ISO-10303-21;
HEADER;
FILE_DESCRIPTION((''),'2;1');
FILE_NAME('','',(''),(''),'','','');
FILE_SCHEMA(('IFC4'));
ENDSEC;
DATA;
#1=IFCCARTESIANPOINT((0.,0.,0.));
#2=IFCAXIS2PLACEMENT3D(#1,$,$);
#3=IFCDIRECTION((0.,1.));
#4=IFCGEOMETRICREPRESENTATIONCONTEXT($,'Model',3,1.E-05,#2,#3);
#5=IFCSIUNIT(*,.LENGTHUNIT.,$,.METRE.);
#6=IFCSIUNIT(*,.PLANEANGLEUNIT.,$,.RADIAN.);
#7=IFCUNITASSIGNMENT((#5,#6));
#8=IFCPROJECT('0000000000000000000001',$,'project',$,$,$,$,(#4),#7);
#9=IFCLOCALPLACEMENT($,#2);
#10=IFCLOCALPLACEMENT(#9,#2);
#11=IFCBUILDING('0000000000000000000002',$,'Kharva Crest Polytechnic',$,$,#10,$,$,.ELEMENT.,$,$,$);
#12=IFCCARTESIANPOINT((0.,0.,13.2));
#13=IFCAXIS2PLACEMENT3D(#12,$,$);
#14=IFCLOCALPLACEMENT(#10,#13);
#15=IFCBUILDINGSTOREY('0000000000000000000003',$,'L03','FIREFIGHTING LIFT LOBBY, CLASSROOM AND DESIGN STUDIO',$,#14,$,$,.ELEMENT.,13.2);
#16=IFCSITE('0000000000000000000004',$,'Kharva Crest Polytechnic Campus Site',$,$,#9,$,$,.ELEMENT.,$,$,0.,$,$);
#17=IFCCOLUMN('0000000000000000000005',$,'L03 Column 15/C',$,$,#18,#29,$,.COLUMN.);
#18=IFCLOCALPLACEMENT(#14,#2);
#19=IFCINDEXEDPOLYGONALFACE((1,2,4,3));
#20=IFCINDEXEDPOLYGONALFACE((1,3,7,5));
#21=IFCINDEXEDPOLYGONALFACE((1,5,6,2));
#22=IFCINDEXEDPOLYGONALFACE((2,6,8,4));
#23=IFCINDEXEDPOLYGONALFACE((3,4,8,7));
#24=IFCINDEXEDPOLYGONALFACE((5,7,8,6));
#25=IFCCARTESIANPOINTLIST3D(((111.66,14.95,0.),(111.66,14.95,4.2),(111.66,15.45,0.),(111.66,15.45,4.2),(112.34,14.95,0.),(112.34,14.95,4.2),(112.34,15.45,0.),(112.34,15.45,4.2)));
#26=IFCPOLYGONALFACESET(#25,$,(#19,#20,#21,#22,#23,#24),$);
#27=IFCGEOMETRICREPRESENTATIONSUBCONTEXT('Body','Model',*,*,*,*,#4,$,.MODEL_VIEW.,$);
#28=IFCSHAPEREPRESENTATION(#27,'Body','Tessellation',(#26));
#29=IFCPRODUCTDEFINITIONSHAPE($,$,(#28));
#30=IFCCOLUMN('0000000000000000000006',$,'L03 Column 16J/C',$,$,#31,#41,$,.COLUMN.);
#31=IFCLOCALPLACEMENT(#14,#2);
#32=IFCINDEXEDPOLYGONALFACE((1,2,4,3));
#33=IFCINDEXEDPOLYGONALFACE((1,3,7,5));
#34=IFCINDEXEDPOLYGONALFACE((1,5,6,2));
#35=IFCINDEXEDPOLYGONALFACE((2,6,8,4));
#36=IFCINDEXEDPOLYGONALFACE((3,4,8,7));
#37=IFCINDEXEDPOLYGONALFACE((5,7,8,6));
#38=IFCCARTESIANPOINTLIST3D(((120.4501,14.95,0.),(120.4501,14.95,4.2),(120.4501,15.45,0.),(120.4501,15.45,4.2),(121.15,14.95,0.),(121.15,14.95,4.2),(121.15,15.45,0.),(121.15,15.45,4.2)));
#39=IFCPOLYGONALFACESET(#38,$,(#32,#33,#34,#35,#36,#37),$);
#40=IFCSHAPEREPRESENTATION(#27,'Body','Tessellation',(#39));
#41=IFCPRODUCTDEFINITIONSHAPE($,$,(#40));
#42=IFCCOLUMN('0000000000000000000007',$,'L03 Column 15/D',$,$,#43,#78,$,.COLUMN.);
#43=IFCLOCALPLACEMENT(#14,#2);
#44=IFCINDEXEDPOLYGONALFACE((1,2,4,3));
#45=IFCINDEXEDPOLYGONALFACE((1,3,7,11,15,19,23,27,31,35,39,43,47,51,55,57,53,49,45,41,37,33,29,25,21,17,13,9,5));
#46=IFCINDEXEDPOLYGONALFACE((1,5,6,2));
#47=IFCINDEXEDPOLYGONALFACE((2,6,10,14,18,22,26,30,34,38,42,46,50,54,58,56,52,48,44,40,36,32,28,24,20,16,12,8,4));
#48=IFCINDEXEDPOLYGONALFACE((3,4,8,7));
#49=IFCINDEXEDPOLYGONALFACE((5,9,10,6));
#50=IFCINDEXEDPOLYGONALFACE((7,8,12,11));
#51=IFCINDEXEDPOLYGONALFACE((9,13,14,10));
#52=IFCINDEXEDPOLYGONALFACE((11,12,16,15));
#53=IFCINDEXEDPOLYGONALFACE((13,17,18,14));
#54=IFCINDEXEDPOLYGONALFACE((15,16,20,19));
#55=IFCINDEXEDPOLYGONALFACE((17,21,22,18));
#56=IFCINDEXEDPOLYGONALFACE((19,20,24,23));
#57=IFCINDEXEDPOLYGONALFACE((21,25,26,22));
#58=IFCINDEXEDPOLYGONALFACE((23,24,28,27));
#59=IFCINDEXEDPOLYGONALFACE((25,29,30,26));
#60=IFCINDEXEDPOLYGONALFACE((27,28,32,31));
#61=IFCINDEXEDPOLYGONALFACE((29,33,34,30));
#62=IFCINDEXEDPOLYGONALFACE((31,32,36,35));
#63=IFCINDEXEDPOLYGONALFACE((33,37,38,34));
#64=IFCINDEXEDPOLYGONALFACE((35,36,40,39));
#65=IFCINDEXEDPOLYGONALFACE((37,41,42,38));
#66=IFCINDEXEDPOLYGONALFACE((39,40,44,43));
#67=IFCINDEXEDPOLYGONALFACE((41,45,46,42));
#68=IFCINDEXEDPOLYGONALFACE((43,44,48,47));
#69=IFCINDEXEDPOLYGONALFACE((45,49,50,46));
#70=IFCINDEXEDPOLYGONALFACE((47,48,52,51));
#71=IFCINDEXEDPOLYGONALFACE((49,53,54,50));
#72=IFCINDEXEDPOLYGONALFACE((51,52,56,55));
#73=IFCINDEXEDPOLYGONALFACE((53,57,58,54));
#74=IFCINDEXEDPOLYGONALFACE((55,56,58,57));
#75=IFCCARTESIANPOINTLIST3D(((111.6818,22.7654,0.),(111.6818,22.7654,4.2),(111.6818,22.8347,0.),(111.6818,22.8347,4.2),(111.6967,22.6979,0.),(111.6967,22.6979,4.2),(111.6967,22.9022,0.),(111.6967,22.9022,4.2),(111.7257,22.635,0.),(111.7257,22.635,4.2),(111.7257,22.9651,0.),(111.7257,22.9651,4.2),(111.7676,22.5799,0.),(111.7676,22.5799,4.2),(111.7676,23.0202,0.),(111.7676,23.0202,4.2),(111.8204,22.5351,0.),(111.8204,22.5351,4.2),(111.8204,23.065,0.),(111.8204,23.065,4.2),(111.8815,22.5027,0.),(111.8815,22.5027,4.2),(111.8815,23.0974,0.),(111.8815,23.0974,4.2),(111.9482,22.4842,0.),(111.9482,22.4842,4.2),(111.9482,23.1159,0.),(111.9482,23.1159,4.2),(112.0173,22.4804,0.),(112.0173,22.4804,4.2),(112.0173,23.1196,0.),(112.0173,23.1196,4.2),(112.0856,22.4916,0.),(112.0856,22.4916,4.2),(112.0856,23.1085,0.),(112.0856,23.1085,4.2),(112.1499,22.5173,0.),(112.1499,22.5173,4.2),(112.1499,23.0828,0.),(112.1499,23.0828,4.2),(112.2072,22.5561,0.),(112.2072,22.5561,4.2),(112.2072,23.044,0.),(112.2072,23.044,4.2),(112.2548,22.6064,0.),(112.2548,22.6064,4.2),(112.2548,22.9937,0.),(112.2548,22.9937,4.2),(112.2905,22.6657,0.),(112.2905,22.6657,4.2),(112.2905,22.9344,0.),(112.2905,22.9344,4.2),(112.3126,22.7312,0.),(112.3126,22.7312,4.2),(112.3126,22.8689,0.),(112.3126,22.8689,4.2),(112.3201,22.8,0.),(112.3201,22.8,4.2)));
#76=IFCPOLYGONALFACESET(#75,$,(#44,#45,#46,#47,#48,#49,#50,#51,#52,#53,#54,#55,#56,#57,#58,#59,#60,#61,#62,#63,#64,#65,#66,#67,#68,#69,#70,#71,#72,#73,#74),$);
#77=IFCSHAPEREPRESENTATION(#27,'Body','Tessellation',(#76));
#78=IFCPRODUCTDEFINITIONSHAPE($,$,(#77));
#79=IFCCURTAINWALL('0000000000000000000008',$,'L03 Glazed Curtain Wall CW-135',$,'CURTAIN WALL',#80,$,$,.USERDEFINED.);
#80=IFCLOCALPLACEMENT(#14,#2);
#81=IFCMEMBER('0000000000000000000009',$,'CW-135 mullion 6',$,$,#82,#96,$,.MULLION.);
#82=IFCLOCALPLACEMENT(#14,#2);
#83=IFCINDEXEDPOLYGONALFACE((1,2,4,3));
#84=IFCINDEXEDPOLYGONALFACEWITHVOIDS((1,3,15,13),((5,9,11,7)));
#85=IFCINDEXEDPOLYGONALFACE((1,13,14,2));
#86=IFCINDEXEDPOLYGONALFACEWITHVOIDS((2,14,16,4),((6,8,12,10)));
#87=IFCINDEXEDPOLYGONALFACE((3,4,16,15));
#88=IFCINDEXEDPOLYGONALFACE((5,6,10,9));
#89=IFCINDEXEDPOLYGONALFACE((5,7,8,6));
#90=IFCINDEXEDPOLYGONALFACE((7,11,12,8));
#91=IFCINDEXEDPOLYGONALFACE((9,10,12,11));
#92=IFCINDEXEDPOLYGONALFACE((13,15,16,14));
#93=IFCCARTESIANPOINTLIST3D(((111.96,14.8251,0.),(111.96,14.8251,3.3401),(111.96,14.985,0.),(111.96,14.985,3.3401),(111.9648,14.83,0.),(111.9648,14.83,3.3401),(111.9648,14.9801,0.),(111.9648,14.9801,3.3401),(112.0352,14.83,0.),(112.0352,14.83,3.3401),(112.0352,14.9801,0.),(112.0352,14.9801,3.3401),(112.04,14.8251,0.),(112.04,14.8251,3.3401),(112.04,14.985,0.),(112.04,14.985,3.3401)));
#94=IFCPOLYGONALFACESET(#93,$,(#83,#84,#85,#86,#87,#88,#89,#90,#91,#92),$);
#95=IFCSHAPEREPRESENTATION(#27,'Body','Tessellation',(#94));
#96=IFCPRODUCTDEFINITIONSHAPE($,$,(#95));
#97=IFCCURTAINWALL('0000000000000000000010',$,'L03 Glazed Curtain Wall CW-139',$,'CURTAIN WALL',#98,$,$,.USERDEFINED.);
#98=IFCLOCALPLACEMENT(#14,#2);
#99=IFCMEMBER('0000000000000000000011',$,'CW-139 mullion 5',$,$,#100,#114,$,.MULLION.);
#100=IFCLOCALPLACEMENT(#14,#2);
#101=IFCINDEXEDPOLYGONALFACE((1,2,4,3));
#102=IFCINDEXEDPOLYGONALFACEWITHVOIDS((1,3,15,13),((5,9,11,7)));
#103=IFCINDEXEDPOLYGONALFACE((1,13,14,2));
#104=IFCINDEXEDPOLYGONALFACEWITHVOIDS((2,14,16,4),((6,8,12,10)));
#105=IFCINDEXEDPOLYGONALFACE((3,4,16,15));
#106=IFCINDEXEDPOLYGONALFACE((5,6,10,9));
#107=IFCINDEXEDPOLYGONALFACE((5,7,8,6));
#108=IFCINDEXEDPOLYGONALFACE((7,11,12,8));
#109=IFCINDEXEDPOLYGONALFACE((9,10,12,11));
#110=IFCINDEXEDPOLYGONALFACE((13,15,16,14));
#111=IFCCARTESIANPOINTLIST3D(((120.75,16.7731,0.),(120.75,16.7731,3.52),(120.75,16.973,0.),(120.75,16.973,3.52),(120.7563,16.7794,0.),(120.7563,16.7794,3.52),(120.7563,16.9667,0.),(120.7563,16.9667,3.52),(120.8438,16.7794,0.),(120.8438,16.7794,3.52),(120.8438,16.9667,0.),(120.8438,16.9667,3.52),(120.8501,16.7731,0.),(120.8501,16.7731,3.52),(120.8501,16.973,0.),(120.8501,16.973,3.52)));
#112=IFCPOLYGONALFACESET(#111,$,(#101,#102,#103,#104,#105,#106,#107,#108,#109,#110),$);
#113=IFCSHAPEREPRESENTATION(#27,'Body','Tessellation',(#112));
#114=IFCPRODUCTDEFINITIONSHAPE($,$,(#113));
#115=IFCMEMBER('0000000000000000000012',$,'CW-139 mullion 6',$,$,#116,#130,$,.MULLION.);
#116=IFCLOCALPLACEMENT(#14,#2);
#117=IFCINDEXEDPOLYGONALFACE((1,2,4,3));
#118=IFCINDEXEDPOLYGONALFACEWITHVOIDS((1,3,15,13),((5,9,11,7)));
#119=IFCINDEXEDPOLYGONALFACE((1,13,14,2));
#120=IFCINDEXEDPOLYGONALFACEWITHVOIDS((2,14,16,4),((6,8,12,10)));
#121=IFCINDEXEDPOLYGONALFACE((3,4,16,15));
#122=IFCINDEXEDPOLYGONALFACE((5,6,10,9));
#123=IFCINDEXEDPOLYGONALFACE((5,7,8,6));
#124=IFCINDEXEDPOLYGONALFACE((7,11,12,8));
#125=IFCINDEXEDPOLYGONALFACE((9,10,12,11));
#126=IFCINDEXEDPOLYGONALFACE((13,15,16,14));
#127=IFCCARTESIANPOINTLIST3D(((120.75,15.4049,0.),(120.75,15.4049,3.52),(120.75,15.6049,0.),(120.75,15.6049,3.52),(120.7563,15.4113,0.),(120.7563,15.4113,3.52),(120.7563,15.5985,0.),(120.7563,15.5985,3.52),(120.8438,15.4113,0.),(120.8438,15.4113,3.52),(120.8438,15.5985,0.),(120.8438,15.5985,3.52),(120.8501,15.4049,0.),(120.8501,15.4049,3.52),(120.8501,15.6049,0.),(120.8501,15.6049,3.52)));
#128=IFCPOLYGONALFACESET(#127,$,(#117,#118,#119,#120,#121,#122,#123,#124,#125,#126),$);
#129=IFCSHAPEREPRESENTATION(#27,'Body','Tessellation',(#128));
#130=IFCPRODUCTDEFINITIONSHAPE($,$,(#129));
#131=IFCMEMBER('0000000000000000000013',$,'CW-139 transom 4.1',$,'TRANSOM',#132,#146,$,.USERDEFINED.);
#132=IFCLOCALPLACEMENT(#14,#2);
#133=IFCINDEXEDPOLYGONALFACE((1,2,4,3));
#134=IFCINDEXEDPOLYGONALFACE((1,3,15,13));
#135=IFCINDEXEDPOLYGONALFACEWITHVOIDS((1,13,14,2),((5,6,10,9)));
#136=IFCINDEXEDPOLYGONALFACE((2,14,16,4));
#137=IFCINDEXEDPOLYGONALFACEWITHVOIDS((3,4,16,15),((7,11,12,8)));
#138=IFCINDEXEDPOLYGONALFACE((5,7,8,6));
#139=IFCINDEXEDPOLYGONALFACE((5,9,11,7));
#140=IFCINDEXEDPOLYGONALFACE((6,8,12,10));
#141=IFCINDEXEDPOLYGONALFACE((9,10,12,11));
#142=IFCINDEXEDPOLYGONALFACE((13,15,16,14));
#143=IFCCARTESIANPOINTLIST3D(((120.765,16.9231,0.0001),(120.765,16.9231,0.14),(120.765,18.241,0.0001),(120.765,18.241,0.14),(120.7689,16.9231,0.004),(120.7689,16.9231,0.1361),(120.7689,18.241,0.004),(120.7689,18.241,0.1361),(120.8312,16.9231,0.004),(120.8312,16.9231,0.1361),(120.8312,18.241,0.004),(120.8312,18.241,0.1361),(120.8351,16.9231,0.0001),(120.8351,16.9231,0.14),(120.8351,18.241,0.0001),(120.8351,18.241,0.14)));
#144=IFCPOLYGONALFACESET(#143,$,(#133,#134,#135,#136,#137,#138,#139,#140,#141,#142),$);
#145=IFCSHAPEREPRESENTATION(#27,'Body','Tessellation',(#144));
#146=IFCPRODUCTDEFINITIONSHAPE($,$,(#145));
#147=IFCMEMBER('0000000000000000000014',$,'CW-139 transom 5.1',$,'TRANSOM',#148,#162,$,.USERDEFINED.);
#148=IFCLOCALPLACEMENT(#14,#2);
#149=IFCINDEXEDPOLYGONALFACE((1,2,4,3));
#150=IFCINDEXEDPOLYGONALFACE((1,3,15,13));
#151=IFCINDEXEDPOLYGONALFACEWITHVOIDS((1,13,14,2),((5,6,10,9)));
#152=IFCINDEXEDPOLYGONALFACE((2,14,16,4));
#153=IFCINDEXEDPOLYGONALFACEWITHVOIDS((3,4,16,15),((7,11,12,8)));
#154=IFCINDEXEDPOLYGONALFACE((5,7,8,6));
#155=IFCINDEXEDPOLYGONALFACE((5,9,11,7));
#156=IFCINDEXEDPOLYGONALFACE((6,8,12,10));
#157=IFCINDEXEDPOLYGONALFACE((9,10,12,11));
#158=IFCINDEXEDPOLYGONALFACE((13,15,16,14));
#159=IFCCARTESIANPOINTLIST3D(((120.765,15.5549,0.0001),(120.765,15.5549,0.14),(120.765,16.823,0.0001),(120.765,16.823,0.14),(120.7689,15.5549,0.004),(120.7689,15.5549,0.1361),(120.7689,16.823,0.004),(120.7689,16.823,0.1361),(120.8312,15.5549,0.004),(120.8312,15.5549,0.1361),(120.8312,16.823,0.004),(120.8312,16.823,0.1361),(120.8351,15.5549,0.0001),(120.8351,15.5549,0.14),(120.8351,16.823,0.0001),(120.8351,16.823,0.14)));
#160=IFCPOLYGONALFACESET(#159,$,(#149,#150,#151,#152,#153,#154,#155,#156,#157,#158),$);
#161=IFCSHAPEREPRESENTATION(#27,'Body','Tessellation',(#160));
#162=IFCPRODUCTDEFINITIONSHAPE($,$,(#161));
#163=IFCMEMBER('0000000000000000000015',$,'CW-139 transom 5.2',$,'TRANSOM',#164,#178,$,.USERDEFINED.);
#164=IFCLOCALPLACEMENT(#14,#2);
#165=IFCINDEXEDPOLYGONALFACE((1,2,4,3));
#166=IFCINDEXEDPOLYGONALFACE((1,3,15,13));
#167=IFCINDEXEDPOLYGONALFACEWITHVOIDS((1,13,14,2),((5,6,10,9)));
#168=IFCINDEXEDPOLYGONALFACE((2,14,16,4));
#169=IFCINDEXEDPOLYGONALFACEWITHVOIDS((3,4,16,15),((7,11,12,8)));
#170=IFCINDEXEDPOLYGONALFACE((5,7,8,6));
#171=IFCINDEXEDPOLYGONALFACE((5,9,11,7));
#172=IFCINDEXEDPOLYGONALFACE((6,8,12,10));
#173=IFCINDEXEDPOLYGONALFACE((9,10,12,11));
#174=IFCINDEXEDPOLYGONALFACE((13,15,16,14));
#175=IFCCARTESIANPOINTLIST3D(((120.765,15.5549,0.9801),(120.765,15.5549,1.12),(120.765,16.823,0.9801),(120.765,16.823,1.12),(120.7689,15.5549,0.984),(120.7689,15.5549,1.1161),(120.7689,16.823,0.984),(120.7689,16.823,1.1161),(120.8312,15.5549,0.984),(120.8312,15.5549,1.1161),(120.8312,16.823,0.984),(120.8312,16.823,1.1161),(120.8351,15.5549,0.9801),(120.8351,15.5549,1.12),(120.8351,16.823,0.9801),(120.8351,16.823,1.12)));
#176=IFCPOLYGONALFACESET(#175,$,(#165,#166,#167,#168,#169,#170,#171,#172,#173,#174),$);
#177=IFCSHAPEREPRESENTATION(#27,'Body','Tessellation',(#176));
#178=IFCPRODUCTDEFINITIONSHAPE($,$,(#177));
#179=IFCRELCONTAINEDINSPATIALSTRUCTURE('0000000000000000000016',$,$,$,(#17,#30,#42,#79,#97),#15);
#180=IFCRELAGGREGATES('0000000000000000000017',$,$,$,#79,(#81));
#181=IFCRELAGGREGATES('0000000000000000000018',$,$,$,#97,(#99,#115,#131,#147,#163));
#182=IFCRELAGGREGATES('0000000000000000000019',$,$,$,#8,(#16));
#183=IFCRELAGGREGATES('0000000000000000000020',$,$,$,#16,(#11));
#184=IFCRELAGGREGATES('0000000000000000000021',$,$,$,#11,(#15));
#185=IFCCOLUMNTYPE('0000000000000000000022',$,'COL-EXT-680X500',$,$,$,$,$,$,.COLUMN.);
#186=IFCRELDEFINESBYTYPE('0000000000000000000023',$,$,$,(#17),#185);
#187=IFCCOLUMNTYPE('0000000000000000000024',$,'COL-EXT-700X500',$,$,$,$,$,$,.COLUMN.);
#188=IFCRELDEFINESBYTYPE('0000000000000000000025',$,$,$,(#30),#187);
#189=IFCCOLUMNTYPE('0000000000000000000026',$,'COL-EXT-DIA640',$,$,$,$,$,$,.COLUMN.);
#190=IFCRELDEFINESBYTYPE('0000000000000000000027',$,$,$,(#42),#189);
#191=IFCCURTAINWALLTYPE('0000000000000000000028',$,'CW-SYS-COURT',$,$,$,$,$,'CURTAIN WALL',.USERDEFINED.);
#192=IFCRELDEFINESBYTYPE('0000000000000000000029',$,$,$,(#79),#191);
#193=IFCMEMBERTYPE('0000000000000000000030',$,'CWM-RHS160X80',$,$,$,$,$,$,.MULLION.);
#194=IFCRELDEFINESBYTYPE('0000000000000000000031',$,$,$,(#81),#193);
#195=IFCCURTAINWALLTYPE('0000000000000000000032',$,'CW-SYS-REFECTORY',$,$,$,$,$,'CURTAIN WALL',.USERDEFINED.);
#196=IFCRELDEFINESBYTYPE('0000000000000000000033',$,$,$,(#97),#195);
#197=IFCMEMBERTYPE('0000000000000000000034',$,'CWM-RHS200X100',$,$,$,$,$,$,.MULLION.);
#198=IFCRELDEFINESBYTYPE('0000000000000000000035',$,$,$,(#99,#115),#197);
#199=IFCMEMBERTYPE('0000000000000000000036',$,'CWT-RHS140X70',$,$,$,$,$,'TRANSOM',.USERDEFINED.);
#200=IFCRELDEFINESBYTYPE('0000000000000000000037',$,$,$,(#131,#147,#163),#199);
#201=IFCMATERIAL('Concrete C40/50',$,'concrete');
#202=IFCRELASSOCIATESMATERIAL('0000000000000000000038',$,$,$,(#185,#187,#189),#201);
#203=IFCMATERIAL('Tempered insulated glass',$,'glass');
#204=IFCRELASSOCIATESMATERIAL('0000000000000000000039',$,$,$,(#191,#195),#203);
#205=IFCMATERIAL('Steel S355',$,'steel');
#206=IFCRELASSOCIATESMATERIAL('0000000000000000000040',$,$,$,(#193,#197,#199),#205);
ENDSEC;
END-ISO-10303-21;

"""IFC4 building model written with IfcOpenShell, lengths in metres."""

from ifc_helpers import new_model, si_unit, direction, frame, origin, origin_2d, place, context, subcontext, project, spatial, rectangle, hollow_rectangle, circle, extrude, material, material_profile, profile_set, type_object, element, aggregate, save


model = new_model("IFC4")

# Units and contexts
model_context = context("Model", 3, precision=1e-05, world=origin(), true_north=direction((0.0, 1.0)))
body_context = subcontext(model_context, "Body", "Model", "MODEL_VIEW")
ifc_project = project(units=[si_unit("LENGTHUNIT", "METRE"), si_unit("PLANEANGLEUNIT", "RADIAN")], contexts=[model_context])

# Site, building, storey
site_placement = place(None, origin())
site = spatial("IfcSite", under=ifc_project, at=site_placement, Name="Kharva Crest Polytechnic Campus Site", CompositionType="ELEMENT", RefElevation=0.0)
building_placement = place(site_placement, origin())
building = spatial("IfcBuilding", under=site, at=building_placement, Name="Kharva Crest Polytechnic", CompositionType="ELEMENT")
storey_placement = place(building_placement, frame((0.0, 0.0, 13.2)))
storey = spatial("IfcBuildingStorey", under=building, at=storey_placement, Name="L03", Description="FIREFIGHTING LIFT LOBBY, CLASSROOM AND DESIGN STUDIO", CompositionType="ELEMENT", Elevation=13.2)

# Columns
ifc_material_1 = material(Name="Concrete C40/50", Category="concrete")
ifc_material_profile_1 = material_profile(ifc_material_1, rectangle(XDim=0.6799, YDim=0.5, at=origin_2d()), Name="RECT 680 X 500")
ifc_profile_set_1 = profile_set([ifc_material_profile_1], Name="Concrete C40/50")
column_type_1 = type_object("IfcColumnType", Name="COL-EXT-680X500", PredefinedType="COLUMN", material=ifc_profile_set_1)
column_1_placement = place(storey_placement, frame((112.0, 15.2, 0.0), z_axis=(0.0, 0.0, 1.0), x_axis=(1.0, 0.0, 0.0)))
element("IfcColumn", 1, at=column_1_placement, inside=storey, type_object=column_type_1, Name="L03 Column 15/C", PredefinedType="COLUMN", context=body_context, shape_type="SweptSolid", body=[
    extrude(rectangle(XDim=0.6799, YDim=0.5, at=origin_2d()), origin(), (0.0, 0.0, 1.0), 4.2),
])
ifc_material_profile_2 = material_profile(ifc_material_1, rectangle(XDim=0.7, YDim=0.5, at=origin_2d()), Name="RECT 700 X 500")
ifc_profile_set_2 = profile_set([ifc_material_profile_2], Name="Concrete C40/50")
column_type_2 = type_object("IfcColumnType", Name="COL-EXT-700X500", PredefinedType="COLUMN", material=ifc_profile_set_2)
column_2_placement = place(storey_placement, frame((120.8, 15.2, 0.0), z_axis=(0.0, 0.0, 1.0), x_axis=(1.0, 0.0, 0.0)))
element("IfcColumn", 2, at=column_2_placement, inside=storey, type_object=column_type_2, Name="L03 Column 16J/C", PredefinedType="COLUMN", context=body_context, shape_type="SweptSolid", body=[
    extrude(rectangle(XDim=0.7, YDim=0.5, at=origin_2d()), origin(), (0.0, 0.0, 1.0), 4.2),
])
ifc_material_profile_3 = material_profile(ifc_material_1, circle(Radius=0.3201, at=origin_2d()), Name="DIA 640")
ifc_profile_set_3 = profile_set([ifc_material_profile_3], Name="Concrete C40/50")
column_type_3 = type_object("IfcColumnType", Name="COL-EXT-DIA640", PredefinedType="COLUMN", material=ifc_profile_set_3)
column_3_placement = place(storey_placement, frame((112.0, 22.8, 0.0), z_axis=(0.0, 0.0, 1.0), x_axis=(1.0, 0.0, 0.0)))
element("IfcColumn", 3, at=column_3_placement, inside=storey, type_object=column_type_3, Name="L03 Column 15/D", PredefinedType="COLUMN", context=body_context, shape_type="SweptSolid", body=[
    extrude(circle(Radius=0.3201, at=origin_2d()), origin(), (0.0, 0.0, 1.0), 4.2),
])

# Curtain wall, member
ifc_material_2 = material(Name="Tempered insulated glass", Category="glass")
curtain_wall_type_1 = type_object("IfcCurtainWallType", Name="CW-SYS-COURT", ElementType="CURTAIN WALL", PredefinedType="USERDEFINED", material=ifc_material_2)
curtain_wall_1_placement = place(storey_placement, origin())
curtain_wall_1 = element("IfcCurtainWall", 4, at=curtain_wall_1_placement, inside=storey, type_object=curtain_wall_type_1, Name="L03 Glazed Curtain Wall CW-135", ObjectType="CURTAIN WALL", PredefinedType="USERDEFINED")
ifc_material_3 = material(Name="Steel S355", Category="steel")
ifc_material_profile_4 = material_profile(ifc_material_3, hollow_rectangle(XDim=0.0801, YDim=0.1599, WallThickness=0.0049, at=origin_2d()), Name="RHS 160X80X5.0")
ifc_profile_set_4 = profile_set([ifc_material_profile_4], Name="Steel S355")
member_type_1 = type_object("IfcMemberType", Name="CWM-RHS160X80", PredefinedType="MULLION", material=ifc_profile_set_4)
member_1_placement = place(storey_placement, frame((112.0, 14.905, 0.0), z_axis=(0.0, 0.0, 1.0), x_axis=(-1.0, 0.0, 0.0)))
member_1 = element("IfcMember", 5, at=member_1_placement, type_object=member_type_1, Name="CW-135 mullion 6", PredefinedType="MULLION", context=body_context, shape_type="SweptSolid", body=[
    extrude(hollow_rectangle(XDim=0.0801, YDim=0.1599, WallThickness=0.0049, at=origin_2d()), origin(), (0.0, 0.0, 1.0), 3.3401),
])

# Curtain wall, members
curtain_wall_type_2 = type_object("IfcCurtainWallType", Name="CW-SYS-REFECTORY", ElementType="CURTAIN WALL", PredefinedType="USERDEFINED", material=ifc_material_2)
curtain_wall_2_placement = place(storey_placement, origin())
curtain_wall_2 = element("IfcCurtainWall", 6, at=curtain_wall_2_placement, inside=storey, type_object=curtain_wall_type_2, Name="L03 Glazed Curtain Wall CW-139", ObjectType="CURTAIN WALL", PredefinedType="USERDEFINED")
ifc_material_profile_5 = material_profile(ifc_material_3, hollow_rectangle(XDim=0.1001, YDim=0.2, WallThickness=0.0063, at=origin_2d()), Name="RHS 200X100X6.3")
ifc_profile_set_5 = profile_set([ifc_material_profile_5], Name="Steel S355")
member_type_2 = type_object("IfcMemberType", Name="CWM-RHS200X100", PredefinedType="MULLION", material=ifc_profile_set_5)
member_2_placement = place(storey_placement, frame((120.8, 16.873, 0.0), z_axis=(0.0, 0.0, 1.0), x_axis=(1.0, 0.0, 0.0)))
member_2 = element("IfcMember", 7, at=member_2_placement, type_object=member_type_2, Name="CW-139 mullion 5", PredefinedType="MULLION", context=body_context, shape_type="SweptSolid", body=[
    extrude(hollow_rectangle(XDim=0.1001, YDim=0.2, WallThickness=0.0063, at=origin_2d()), origin(), (0.0, 0.0, 1.0), 3.52),
])
member_3_placement = place(storey_placement, frame((120.8, 15.5049, 0.0), z_axis=(0.0, 0.0, 1.0), x_axis=(1.0, 0.0, 0.0)))
member_3 = element("IfcMember", 8, at=member_3_placement, type_object=member_type_2, Name="CW-139 mullion 6", PredefinedType="MULLION", context=body_context, shape_type="SweptSolid", body=[
    extrude(hollow_rectangle(XDim=0.1001, YDim=0.2, WallThickness=0.0063, at=origin_2d()), origin(), (0.0, 0.0, 1.0), 3.52),
])
ifc_material_profile_6 = material_profile(ifc_material_3, hollow_rectangle(XDim=0.0701, YDim=0.1399, WallThickness=0.0039, at=origin_2d()), Name="RHS 140X70X4.0")
ifc_profile_set_6 = profile_set([ifc_material_profile_6], Name="Steel S355")
member_type_3 = type_object("IfcMemberType", Name="CWT-RHS140X70", ElementType="TRANSOM", PredefinedType="USERDEFINED", material=ifc_profile_set_6)
member_4_placement = place(storey_placement, frame((120.8, 18.241, 0.0701), z_axis=(0.0, -1.0, 0.0), x_axis=(1.0, 0.0, 0.0)))
member_4 = element("IfcMember", 9, at=member_4_placement, type_object=member_type_3, Name="CW-139 transom 4.1", ObjectType="TRANSOM", PredefinedType="USERDEFINED", context=body_context, shape_type="SweptSolid", body=[
    extrude(hollow_rectangle(XDim=0.0701, YDim=0.1399, WallThickness=0.0039, at=origin_2d()), origin(), (0.0, 0.0, 1.0), 1.3179),
])
member_5_placement = place(storey_placement, frame((120.8, 16.823, 0.0701), z_axis=(0.0, -1.0, 0.0), x_axis=(1.0, 0.0, 0.0)))
member_5 = element("IfcMember", 10, at=member_5_placement, type_object=member_type_3, Name="CW-139 transom 5.1", ObjectType="TRANSOM", PredefinedType="USERDEFINED", context=body_context, shape_type="SweptSolid", body=[
    extrude(hollow_rectangle(XDim=0.0701, YDim=0.1399, WallThickness=0.0039, at=origin_2d()), origin(), (0.0, 0.0, 1.0), 1.2681),
])
member_6_placement = place(storey_placement, frame((120.8, 16.823, 1.05), z_axis=(0.0, -1.0, 0.0), x_axis=(1.0, 0.0, 0.0)))
member_6 = element("IfcMember", 11, at=member_6_placement, type_object=member_type_3, Name="CW-139 transom 5.2", ObjectType="TRANSOM", PredefinedType="USERDEFINED", context=body_context, shape_type="SweptSolid", body=[
    extrude(hollow_rectangle(XDim=0.0701, YDim=0.1399, WallThickness=0.0039, at=origin_2d()), origin(), (0.0, 0.0, 1.0), 1.2681),
])

aggregate(curtain_wall_1, [member_1])
aggregate(curtain_wall_2, [member_2, member_3, member_4, member_5, member_6])

save(model, "model.ifc")
